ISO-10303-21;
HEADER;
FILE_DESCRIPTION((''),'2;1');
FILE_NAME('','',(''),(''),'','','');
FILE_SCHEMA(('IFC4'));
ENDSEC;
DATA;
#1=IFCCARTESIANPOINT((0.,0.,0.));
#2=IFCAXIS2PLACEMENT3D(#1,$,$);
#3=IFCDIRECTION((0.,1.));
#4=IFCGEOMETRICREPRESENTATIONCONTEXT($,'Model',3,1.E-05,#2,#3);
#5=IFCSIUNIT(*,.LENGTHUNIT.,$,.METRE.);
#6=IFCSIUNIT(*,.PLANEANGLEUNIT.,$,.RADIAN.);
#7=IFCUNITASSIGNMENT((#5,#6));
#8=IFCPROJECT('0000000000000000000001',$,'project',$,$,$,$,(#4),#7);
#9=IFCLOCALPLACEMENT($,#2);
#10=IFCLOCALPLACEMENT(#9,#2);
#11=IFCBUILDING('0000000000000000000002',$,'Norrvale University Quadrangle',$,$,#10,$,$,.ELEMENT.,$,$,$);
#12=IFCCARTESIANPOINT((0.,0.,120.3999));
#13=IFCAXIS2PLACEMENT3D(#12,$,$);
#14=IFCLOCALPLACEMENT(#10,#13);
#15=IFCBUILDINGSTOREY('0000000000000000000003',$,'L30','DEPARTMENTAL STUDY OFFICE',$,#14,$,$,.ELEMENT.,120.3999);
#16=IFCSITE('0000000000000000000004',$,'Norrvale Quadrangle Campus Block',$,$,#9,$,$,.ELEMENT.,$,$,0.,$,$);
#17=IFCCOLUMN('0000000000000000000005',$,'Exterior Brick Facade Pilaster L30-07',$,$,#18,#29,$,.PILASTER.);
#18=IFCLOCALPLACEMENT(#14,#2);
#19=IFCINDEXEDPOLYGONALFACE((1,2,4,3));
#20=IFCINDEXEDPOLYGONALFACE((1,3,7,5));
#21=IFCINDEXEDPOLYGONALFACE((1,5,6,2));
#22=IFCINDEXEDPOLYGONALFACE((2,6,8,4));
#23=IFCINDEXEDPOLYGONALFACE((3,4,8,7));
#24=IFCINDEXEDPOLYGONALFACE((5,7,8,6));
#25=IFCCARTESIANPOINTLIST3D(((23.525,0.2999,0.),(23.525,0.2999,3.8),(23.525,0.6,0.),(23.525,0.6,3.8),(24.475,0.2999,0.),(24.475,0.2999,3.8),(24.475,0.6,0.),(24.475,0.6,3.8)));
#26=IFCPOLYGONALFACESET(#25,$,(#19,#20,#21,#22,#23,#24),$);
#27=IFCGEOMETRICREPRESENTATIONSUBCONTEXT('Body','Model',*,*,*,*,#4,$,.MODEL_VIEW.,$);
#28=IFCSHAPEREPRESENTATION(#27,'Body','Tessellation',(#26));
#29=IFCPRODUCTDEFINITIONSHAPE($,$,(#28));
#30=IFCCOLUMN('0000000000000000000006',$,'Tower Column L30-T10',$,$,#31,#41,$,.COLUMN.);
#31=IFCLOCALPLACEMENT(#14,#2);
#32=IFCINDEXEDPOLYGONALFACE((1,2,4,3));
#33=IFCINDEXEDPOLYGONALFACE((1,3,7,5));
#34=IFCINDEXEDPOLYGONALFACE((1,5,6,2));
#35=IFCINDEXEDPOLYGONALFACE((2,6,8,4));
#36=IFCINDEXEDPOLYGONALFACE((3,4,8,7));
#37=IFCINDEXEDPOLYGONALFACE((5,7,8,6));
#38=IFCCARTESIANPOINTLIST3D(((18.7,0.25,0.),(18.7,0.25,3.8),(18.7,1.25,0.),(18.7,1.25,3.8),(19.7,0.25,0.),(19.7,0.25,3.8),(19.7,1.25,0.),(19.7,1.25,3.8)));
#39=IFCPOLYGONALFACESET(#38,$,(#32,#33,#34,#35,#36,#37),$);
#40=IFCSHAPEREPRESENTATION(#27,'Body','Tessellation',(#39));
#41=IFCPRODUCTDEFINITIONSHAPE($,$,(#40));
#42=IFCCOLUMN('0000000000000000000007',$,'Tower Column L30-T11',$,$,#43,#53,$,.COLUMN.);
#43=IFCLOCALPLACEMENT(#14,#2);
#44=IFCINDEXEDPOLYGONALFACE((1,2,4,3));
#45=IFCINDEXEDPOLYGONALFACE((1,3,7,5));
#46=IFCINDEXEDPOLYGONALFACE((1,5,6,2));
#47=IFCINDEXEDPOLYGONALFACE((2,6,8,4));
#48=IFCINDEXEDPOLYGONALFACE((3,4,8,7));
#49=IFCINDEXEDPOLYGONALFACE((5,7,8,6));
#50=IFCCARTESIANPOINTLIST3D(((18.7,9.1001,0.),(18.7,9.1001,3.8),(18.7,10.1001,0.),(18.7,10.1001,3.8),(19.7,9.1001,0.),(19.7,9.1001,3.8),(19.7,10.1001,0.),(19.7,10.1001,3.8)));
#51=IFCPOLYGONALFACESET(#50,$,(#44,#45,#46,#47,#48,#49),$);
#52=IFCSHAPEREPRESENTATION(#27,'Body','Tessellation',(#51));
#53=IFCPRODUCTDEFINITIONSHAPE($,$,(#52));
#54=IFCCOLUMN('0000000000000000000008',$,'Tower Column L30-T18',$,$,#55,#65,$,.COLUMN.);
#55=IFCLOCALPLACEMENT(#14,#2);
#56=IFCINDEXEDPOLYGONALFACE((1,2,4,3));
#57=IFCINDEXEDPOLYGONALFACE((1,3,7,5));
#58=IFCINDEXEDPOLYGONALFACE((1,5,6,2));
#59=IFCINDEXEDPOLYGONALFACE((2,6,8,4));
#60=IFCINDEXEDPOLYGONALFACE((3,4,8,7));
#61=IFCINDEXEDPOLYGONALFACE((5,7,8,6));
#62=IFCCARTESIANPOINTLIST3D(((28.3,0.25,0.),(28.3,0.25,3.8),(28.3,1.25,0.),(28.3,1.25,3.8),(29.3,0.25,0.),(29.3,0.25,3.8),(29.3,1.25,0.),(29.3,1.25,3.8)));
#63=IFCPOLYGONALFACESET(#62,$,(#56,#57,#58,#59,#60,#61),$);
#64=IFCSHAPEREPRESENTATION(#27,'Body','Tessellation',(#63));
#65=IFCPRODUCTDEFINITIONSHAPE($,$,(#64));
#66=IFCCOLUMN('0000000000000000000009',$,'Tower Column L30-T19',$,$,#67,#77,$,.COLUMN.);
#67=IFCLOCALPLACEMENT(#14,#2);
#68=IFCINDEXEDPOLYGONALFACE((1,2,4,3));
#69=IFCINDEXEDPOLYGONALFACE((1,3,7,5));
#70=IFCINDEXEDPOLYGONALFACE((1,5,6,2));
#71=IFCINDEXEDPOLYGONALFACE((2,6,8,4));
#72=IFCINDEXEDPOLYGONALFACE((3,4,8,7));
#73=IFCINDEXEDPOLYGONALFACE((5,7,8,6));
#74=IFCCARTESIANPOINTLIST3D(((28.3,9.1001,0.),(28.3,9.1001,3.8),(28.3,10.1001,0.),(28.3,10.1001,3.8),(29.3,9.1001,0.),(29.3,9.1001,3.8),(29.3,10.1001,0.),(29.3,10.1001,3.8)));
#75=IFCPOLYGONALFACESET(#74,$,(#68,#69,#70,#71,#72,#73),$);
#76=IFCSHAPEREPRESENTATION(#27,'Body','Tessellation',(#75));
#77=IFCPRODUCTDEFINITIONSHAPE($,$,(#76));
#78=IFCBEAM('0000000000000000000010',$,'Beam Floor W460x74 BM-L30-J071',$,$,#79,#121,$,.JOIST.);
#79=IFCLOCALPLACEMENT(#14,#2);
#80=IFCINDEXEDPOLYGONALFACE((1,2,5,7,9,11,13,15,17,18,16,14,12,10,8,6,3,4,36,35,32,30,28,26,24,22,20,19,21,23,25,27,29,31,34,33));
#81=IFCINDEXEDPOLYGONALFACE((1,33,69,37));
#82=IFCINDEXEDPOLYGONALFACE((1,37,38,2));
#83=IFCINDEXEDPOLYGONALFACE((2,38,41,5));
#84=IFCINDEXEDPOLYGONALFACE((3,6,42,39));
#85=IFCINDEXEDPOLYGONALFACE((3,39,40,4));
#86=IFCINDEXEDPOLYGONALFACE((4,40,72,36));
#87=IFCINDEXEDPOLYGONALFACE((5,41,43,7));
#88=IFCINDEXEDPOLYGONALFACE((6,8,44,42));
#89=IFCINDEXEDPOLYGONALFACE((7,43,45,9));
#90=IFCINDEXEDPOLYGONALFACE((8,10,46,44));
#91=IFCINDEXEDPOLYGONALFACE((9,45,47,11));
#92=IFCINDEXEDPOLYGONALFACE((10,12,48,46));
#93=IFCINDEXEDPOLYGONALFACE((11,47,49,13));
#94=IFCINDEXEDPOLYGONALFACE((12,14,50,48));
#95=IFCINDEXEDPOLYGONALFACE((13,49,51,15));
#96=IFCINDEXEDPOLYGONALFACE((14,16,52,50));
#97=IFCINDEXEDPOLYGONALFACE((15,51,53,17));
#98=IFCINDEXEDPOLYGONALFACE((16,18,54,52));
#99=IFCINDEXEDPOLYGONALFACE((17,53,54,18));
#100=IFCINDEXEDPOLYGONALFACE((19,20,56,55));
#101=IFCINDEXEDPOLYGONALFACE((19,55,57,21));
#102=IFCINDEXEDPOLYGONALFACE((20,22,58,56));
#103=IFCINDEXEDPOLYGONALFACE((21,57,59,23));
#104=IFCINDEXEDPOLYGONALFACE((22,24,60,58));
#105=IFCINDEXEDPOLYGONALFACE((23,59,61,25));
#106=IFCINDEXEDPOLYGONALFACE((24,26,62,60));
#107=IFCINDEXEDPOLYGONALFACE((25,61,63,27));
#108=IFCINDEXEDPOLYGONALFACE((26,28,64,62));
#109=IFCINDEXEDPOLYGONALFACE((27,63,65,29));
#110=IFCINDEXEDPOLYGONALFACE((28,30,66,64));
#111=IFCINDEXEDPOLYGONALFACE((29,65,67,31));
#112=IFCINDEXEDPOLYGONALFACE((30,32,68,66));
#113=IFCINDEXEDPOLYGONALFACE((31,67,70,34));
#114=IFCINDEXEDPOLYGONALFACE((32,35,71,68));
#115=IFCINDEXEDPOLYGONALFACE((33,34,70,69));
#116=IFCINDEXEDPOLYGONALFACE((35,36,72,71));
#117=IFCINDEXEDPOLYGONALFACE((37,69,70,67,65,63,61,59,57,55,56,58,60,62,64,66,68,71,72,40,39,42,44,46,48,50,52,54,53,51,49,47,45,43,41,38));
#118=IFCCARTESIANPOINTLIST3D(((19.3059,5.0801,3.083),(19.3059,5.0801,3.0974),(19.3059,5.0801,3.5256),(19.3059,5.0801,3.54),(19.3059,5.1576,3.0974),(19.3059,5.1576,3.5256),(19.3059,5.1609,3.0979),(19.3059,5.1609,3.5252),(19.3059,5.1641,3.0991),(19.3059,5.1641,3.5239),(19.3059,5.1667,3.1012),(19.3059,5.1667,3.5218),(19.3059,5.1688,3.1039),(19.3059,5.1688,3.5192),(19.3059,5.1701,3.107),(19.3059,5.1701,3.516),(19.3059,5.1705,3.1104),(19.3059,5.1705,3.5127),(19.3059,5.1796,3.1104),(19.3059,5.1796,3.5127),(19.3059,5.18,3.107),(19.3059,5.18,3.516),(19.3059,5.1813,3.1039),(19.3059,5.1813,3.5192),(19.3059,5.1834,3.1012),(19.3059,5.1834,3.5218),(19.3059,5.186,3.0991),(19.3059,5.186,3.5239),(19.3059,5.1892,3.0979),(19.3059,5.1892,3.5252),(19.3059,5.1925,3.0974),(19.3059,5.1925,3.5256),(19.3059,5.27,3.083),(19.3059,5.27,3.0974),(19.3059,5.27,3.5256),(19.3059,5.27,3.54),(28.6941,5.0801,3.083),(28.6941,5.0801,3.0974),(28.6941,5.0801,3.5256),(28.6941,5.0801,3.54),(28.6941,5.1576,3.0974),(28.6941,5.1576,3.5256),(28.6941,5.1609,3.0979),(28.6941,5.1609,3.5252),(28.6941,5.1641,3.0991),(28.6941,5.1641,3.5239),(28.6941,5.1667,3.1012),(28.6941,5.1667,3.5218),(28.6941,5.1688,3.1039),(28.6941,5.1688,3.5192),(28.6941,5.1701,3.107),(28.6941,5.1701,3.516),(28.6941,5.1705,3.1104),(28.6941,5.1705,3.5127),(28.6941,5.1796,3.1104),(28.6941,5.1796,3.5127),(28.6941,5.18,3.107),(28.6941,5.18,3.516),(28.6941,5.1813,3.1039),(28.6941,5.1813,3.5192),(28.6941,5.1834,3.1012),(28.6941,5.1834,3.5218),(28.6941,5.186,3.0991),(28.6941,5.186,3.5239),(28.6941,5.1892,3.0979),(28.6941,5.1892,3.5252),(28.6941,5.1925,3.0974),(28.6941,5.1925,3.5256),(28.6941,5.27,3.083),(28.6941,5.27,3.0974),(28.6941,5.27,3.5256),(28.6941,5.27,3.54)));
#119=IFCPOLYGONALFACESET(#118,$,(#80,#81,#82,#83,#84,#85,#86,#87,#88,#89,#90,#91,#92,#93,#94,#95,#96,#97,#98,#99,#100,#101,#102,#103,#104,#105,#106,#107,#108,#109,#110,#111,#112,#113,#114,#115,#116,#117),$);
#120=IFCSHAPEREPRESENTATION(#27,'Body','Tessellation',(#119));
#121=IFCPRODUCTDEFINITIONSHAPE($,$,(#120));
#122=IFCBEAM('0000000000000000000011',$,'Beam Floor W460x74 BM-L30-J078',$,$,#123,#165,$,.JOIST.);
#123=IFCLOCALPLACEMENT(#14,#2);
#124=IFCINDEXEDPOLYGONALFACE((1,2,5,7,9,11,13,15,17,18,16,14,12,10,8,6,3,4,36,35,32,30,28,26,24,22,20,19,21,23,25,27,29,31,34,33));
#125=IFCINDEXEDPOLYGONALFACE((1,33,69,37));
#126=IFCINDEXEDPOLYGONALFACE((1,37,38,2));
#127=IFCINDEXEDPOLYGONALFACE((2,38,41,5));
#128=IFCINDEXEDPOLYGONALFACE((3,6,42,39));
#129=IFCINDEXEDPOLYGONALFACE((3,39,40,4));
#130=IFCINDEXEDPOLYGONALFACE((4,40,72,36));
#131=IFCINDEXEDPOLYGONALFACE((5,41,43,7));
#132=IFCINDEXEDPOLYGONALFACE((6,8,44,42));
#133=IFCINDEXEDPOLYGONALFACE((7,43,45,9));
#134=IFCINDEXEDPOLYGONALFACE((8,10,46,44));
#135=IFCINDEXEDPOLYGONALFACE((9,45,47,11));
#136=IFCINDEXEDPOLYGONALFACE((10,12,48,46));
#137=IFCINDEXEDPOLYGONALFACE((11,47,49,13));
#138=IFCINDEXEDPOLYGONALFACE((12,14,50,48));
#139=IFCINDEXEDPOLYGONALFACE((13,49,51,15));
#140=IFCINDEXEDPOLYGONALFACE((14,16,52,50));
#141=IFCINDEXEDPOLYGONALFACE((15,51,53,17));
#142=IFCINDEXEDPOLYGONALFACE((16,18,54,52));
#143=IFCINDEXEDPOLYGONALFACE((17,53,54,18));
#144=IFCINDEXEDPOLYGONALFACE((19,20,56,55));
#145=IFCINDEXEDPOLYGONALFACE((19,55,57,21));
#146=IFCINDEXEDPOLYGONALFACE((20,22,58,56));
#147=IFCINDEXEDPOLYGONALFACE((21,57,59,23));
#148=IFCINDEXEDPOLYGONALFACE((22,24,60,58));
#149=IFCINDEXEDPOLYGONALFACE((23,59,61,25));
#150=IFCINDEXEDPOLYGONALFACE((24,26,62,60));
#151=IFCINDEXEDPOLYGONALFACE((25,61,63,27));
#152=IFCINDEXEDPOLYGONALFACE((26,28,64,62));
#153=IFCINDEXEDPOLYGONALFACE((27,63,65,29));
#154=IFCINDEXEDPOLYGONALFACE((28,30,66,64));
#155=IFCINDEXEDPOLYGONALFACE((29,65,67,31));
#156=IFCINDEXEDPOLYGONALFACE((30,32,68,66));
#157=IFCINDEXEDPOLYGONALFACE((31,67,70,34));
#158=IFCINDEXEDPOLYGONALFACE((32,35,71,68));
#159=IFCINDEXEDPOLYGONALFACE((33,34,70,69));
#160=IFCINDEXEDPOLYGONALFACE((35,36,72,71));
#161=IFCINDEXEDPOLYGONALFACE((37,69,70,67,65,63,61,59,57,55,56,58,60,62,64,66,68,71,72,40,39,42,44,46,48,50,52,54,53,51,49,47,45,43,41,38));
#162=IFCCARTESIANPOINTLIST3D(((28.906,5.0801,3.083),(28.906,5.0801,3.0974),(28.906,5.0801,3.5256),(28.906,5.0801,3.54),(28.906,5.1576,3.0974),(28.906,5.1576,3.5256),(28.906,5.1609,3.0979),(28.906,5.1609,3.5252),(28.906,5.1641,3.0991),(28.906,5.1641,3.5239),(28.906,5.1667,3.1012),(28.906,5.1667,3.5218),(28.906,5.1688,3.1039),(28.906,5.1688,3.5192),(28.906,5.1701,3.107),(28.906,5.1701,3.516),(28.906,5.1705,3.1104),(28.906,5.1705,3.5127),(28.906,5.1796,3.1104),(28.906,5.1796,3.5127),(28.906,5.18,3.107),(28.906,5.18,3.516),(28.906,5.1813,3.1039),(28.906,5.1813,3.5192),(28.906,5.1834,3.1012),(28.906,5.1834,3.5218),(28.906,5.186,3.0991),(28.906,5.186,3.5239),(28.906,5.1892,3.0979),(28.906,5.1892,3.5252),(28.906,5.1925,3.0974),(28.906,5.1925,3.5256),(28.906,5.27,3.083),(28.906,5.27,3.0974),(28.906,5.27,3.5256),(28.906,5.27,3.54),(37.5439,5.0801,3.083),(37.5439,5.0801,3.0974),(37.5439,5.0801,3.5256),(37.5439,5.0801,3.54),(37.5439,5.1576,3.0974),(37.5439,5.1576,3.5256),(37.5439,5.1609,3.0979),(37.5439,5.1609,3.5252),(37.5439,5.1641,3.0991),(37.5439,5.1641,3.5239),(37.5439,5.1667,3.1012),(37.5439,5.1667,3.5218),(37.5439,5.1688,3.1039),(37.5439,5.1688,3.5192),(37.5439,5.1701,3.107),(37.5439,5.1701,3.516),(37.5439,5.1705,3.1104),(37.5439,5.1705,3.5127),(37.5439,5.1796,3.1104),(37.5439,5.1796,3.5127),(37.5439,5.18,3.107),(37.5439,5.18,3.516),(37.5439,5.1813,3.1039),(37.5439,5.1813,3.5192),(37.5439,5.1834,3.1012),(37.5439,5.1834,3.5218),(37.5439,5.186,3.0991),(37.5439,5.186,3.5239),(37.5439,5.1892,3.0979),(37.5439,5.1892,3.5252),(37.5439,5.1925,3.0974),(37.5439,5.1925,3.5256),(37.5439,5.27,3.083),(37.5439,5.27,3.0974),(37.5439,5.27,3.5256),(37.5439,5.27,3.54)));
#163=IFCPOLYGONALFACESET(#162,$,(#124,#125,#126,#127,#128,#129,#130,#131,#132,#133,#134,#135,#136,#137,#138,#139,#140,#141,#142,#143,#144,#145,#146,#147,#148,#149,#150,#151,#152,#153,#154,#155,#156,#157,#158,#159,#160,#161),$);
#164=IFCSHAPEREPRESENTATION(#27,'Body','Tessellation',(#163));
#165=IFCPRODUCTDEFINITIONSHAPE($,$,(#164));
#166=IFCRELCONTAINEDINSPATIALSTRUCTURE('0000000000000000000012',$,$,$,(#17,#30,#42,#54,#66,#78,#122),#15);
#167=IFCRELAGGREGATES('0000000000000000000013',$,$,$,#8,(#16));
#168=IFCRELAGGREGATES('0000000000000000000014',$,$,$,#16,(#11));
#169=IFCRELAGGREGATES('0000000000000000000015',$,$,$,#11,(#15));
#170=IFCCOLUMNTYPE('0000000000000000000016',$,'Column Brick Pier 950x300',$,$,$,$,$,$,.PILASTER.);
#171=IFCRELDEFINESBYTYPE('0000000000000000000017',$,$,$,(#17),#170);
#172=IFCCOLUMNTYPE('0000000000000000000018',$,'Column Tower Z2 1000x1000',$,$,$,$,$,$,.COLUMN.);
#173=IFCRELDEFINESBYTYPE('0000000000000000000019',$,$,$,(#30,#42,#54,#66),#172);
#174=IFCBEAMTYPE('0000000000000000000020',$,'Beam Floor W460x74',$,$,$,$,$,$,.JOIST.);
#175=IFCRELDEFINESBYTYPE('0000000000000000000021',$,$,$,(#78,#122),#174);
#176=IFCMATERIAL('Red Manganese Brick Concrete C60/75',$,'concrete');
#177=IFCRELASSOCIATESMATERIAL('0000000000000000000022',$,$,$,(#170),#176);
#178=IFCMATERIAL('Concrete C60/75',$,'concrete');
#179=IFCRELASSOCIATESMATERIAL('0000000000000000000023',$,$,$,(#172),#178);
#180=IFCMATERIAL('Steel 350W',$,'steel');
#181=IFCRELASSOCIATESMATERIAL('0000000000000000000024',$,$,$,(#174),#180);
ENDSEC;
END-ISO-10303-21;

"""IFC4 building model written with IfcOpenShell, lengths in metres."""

from ifc_helpers import new_model, si_unit, direction, frame, origin, origin_2d, place, context, subcontext, project, spatial, rectangle, i_section, extrude, material, material_profile, profile_set, type_object, element, save


model = new_model("IFC4")

# Units and contexts
model_context = context("Model", 3, precision=1e-05, world=origin(), true_north=direction((0.0, 1.0)))
body_context = subcontext(model_context, "Body", "Model", "MODEL_VIEW")
ifc_project = project(units=[si_unit("LENGTHUNIT", "METRE"), si_unit("PLANEANGLEUNIT", "RADIAN")], contexts=[model_context])

# Site, building, storey
site_placement = place(None, origin())
site = spatial("IfcSite", under=ifc_project, at=site_placement, Name="Norrvale Quadrangle Campus Block", CompositionType="ELEMENT", RefElevation=0.0)
building_placement = place(site_placement, origin())
building = spatial("IfcBuilding", under=site, at=building_placement, Name="Norrvale University Quadrangle", CompositionType="ELEMENT")
storey_placement = place(building_placement, frame((0.0, 0.0, 120.3999)))
storey = spatial("IfcBuildingStorey", under=building, at=storey_placement, Name="L30", Description="DEPARTMENTAL STUDY OFFICE", CompositionType="ELEMENT", Elevation=120.3999)

# Columns
ifc_material_1 = material(Name="Red Manganese Brick Concrete C60/75", Category="concrete")
ifc_material_profile_1 = material_profile(ifc_material_1, rectangle(XDim=0.95, YDim=0.3, at=origin_2d()), Name="Red Manganese Brick Concrete C60/75")
ifc_profile_set_1 = profile_set([ifc_material_profile_1], Name="Red Manganese Brick Concrete C60/75")
column_type_1 = type_object("IfcColumnType", Name="Column Brick Pier 950x300", PredefinedType="PILASTER", material=ifc_profile_set_1)
column_placement = place(storey_placement, frame((24.0, 0.45, 0.0), z_axis=(0.0, 0.0, 1.0), x_axis=(1.0, 0.0, 0.0)))
element("IfcColumn", 1, at=column_placement, inside=storey, type_object=column_type_1, Name="Exterior Brick Facade Pilaster L30-07", PredefinedType="PILASTER", context=body_context, shape_type="SweptSolid", body=[
    extrude(rectangle(XDim=0.95, YDim=0.3, at=origin_2d()), origin(), (0.0, 0.0, 1.0), 3.8),
])
ifc_material_2 = material(Name="Concrete C60/75", Category="concrete")
ifc_material_profile_2 = material_profile(ifc_material_2, rectangle(XDim=1.0, YDim=1.0, at=origin_2d()), Name="Concrete C60/75")
ifc_profile_set_2 = profile_set([ifc_material_profile_2], Name="Concrete C60/75")
column_type_2 = type_object("IfcColumnType", Name="Column Tower Z2 1000x1000", PredefinedType="COLUMN", material=ifc_profile_set_2)
for number, where, z_axis, x_axis, name in (
    (2, (19.2, 0.75, 0.0), (0.0, 0.0, 1.0), (1.0, 0.0, 0.0), "Tower Column L30-T10"),
    (3, (19.2, 9.6001, 0.0), (0.0, 0.0, 1.0), (1.0, 0.0, 0.0), "Tower Column L30-T11"),
    (4, (28.8, 0.75, 0.0), (0.0, 0.0, 1.0), (1.0, 0.0, 0.0), "Tower Column L30-T18"),
    (5, (28.8, 9.6001, 0.0), (0.0, 0.0, 1.0), (1.0, 0.0, 0.0), "Tower Column L30-T19"),
):
    element("IfcColumn", number, at=place(storey_placement, frame(where, z_axis=z_axis, x_axis=x_axis)), inside=storey, type_object=column_type_2, Name=name, PredefinedType="COLUMN", context=body_context, shape_type="SweptSolid", body=[
        extrude(rectangle(XDim=1.0, YDim=1.0, at=origin_2d()), origin(), (0.0, 0.0, 1.0), 3.8),
    ])

# Beams
ifc_material_3 = material(Name="Steel 350W", Category="steel")
ifc_material_profile_3 = material_profile(ifc_material_3, i_section(OverallWidth=0.1899, OverallDepth=0.457, WebThickness=0.009, FlangeThickness=0.0144, FilletRadius=0.0129, at=origin_2d()), Name="Steel 350W")
ifc_profile_set_3 = profile_set([ifc_material_profile_3], Name="Steel 350W")
beam_type_1 = type_object("IfcBeamType", Name="Beam Floor W460x74", PredefinedType="JOIST", material=ifc_profile_set_3)
beam_1_placement = place(storey_placement, frame((19.3059, 5.175, 3.3115), z_axis=(1.0, 0.0, 0.0), x_axis=(0.0, 1.0, 0.0)))
element("IfcBeam", 6, at=beam_1_placement, inside=storey, type_object=beam_type_1, Name="Beam Floor W460x74 BM-L30-J071", PredefinedType="JOIST", context=body_context, shape_type="SweptSolid", body=[
    extrude(i_section(OverallWidth=0.1899, OverallDepth=0.457, WebThickness=0.009, FlangeThickness=0.0144, FilletRadius=0.0129, at=origin_2d()), origin(), (0.0, 0.0, 1.0), 9.3882),
])
beam_2_placement = place(storey_placement, frame((28.906, 5.175, 3.3115), z_axis=(1.0, 0.0, 0.0), x_axis=(0.0, 1.0, 0.0)))
element("IfcBeam", 7, at=beam_2_placement, inside=storey, type_object=beam_type_1, Name="Beam Floor W460x74 BM-L30-J078", PredefinedType="JOIST", context=body_context, shape_type="SweptSolid", body=[
    extrude(i_section(OverallWidth=0.1899, OverallDepth=0.457, WebThickness=0.009, FlangeThickness=0.0144, FilletRadius=0.0129, at=origin_2d()), origin(), (0.0, 0.0, 1.0), 8.6379),
])

save(model, "model.ifc")
